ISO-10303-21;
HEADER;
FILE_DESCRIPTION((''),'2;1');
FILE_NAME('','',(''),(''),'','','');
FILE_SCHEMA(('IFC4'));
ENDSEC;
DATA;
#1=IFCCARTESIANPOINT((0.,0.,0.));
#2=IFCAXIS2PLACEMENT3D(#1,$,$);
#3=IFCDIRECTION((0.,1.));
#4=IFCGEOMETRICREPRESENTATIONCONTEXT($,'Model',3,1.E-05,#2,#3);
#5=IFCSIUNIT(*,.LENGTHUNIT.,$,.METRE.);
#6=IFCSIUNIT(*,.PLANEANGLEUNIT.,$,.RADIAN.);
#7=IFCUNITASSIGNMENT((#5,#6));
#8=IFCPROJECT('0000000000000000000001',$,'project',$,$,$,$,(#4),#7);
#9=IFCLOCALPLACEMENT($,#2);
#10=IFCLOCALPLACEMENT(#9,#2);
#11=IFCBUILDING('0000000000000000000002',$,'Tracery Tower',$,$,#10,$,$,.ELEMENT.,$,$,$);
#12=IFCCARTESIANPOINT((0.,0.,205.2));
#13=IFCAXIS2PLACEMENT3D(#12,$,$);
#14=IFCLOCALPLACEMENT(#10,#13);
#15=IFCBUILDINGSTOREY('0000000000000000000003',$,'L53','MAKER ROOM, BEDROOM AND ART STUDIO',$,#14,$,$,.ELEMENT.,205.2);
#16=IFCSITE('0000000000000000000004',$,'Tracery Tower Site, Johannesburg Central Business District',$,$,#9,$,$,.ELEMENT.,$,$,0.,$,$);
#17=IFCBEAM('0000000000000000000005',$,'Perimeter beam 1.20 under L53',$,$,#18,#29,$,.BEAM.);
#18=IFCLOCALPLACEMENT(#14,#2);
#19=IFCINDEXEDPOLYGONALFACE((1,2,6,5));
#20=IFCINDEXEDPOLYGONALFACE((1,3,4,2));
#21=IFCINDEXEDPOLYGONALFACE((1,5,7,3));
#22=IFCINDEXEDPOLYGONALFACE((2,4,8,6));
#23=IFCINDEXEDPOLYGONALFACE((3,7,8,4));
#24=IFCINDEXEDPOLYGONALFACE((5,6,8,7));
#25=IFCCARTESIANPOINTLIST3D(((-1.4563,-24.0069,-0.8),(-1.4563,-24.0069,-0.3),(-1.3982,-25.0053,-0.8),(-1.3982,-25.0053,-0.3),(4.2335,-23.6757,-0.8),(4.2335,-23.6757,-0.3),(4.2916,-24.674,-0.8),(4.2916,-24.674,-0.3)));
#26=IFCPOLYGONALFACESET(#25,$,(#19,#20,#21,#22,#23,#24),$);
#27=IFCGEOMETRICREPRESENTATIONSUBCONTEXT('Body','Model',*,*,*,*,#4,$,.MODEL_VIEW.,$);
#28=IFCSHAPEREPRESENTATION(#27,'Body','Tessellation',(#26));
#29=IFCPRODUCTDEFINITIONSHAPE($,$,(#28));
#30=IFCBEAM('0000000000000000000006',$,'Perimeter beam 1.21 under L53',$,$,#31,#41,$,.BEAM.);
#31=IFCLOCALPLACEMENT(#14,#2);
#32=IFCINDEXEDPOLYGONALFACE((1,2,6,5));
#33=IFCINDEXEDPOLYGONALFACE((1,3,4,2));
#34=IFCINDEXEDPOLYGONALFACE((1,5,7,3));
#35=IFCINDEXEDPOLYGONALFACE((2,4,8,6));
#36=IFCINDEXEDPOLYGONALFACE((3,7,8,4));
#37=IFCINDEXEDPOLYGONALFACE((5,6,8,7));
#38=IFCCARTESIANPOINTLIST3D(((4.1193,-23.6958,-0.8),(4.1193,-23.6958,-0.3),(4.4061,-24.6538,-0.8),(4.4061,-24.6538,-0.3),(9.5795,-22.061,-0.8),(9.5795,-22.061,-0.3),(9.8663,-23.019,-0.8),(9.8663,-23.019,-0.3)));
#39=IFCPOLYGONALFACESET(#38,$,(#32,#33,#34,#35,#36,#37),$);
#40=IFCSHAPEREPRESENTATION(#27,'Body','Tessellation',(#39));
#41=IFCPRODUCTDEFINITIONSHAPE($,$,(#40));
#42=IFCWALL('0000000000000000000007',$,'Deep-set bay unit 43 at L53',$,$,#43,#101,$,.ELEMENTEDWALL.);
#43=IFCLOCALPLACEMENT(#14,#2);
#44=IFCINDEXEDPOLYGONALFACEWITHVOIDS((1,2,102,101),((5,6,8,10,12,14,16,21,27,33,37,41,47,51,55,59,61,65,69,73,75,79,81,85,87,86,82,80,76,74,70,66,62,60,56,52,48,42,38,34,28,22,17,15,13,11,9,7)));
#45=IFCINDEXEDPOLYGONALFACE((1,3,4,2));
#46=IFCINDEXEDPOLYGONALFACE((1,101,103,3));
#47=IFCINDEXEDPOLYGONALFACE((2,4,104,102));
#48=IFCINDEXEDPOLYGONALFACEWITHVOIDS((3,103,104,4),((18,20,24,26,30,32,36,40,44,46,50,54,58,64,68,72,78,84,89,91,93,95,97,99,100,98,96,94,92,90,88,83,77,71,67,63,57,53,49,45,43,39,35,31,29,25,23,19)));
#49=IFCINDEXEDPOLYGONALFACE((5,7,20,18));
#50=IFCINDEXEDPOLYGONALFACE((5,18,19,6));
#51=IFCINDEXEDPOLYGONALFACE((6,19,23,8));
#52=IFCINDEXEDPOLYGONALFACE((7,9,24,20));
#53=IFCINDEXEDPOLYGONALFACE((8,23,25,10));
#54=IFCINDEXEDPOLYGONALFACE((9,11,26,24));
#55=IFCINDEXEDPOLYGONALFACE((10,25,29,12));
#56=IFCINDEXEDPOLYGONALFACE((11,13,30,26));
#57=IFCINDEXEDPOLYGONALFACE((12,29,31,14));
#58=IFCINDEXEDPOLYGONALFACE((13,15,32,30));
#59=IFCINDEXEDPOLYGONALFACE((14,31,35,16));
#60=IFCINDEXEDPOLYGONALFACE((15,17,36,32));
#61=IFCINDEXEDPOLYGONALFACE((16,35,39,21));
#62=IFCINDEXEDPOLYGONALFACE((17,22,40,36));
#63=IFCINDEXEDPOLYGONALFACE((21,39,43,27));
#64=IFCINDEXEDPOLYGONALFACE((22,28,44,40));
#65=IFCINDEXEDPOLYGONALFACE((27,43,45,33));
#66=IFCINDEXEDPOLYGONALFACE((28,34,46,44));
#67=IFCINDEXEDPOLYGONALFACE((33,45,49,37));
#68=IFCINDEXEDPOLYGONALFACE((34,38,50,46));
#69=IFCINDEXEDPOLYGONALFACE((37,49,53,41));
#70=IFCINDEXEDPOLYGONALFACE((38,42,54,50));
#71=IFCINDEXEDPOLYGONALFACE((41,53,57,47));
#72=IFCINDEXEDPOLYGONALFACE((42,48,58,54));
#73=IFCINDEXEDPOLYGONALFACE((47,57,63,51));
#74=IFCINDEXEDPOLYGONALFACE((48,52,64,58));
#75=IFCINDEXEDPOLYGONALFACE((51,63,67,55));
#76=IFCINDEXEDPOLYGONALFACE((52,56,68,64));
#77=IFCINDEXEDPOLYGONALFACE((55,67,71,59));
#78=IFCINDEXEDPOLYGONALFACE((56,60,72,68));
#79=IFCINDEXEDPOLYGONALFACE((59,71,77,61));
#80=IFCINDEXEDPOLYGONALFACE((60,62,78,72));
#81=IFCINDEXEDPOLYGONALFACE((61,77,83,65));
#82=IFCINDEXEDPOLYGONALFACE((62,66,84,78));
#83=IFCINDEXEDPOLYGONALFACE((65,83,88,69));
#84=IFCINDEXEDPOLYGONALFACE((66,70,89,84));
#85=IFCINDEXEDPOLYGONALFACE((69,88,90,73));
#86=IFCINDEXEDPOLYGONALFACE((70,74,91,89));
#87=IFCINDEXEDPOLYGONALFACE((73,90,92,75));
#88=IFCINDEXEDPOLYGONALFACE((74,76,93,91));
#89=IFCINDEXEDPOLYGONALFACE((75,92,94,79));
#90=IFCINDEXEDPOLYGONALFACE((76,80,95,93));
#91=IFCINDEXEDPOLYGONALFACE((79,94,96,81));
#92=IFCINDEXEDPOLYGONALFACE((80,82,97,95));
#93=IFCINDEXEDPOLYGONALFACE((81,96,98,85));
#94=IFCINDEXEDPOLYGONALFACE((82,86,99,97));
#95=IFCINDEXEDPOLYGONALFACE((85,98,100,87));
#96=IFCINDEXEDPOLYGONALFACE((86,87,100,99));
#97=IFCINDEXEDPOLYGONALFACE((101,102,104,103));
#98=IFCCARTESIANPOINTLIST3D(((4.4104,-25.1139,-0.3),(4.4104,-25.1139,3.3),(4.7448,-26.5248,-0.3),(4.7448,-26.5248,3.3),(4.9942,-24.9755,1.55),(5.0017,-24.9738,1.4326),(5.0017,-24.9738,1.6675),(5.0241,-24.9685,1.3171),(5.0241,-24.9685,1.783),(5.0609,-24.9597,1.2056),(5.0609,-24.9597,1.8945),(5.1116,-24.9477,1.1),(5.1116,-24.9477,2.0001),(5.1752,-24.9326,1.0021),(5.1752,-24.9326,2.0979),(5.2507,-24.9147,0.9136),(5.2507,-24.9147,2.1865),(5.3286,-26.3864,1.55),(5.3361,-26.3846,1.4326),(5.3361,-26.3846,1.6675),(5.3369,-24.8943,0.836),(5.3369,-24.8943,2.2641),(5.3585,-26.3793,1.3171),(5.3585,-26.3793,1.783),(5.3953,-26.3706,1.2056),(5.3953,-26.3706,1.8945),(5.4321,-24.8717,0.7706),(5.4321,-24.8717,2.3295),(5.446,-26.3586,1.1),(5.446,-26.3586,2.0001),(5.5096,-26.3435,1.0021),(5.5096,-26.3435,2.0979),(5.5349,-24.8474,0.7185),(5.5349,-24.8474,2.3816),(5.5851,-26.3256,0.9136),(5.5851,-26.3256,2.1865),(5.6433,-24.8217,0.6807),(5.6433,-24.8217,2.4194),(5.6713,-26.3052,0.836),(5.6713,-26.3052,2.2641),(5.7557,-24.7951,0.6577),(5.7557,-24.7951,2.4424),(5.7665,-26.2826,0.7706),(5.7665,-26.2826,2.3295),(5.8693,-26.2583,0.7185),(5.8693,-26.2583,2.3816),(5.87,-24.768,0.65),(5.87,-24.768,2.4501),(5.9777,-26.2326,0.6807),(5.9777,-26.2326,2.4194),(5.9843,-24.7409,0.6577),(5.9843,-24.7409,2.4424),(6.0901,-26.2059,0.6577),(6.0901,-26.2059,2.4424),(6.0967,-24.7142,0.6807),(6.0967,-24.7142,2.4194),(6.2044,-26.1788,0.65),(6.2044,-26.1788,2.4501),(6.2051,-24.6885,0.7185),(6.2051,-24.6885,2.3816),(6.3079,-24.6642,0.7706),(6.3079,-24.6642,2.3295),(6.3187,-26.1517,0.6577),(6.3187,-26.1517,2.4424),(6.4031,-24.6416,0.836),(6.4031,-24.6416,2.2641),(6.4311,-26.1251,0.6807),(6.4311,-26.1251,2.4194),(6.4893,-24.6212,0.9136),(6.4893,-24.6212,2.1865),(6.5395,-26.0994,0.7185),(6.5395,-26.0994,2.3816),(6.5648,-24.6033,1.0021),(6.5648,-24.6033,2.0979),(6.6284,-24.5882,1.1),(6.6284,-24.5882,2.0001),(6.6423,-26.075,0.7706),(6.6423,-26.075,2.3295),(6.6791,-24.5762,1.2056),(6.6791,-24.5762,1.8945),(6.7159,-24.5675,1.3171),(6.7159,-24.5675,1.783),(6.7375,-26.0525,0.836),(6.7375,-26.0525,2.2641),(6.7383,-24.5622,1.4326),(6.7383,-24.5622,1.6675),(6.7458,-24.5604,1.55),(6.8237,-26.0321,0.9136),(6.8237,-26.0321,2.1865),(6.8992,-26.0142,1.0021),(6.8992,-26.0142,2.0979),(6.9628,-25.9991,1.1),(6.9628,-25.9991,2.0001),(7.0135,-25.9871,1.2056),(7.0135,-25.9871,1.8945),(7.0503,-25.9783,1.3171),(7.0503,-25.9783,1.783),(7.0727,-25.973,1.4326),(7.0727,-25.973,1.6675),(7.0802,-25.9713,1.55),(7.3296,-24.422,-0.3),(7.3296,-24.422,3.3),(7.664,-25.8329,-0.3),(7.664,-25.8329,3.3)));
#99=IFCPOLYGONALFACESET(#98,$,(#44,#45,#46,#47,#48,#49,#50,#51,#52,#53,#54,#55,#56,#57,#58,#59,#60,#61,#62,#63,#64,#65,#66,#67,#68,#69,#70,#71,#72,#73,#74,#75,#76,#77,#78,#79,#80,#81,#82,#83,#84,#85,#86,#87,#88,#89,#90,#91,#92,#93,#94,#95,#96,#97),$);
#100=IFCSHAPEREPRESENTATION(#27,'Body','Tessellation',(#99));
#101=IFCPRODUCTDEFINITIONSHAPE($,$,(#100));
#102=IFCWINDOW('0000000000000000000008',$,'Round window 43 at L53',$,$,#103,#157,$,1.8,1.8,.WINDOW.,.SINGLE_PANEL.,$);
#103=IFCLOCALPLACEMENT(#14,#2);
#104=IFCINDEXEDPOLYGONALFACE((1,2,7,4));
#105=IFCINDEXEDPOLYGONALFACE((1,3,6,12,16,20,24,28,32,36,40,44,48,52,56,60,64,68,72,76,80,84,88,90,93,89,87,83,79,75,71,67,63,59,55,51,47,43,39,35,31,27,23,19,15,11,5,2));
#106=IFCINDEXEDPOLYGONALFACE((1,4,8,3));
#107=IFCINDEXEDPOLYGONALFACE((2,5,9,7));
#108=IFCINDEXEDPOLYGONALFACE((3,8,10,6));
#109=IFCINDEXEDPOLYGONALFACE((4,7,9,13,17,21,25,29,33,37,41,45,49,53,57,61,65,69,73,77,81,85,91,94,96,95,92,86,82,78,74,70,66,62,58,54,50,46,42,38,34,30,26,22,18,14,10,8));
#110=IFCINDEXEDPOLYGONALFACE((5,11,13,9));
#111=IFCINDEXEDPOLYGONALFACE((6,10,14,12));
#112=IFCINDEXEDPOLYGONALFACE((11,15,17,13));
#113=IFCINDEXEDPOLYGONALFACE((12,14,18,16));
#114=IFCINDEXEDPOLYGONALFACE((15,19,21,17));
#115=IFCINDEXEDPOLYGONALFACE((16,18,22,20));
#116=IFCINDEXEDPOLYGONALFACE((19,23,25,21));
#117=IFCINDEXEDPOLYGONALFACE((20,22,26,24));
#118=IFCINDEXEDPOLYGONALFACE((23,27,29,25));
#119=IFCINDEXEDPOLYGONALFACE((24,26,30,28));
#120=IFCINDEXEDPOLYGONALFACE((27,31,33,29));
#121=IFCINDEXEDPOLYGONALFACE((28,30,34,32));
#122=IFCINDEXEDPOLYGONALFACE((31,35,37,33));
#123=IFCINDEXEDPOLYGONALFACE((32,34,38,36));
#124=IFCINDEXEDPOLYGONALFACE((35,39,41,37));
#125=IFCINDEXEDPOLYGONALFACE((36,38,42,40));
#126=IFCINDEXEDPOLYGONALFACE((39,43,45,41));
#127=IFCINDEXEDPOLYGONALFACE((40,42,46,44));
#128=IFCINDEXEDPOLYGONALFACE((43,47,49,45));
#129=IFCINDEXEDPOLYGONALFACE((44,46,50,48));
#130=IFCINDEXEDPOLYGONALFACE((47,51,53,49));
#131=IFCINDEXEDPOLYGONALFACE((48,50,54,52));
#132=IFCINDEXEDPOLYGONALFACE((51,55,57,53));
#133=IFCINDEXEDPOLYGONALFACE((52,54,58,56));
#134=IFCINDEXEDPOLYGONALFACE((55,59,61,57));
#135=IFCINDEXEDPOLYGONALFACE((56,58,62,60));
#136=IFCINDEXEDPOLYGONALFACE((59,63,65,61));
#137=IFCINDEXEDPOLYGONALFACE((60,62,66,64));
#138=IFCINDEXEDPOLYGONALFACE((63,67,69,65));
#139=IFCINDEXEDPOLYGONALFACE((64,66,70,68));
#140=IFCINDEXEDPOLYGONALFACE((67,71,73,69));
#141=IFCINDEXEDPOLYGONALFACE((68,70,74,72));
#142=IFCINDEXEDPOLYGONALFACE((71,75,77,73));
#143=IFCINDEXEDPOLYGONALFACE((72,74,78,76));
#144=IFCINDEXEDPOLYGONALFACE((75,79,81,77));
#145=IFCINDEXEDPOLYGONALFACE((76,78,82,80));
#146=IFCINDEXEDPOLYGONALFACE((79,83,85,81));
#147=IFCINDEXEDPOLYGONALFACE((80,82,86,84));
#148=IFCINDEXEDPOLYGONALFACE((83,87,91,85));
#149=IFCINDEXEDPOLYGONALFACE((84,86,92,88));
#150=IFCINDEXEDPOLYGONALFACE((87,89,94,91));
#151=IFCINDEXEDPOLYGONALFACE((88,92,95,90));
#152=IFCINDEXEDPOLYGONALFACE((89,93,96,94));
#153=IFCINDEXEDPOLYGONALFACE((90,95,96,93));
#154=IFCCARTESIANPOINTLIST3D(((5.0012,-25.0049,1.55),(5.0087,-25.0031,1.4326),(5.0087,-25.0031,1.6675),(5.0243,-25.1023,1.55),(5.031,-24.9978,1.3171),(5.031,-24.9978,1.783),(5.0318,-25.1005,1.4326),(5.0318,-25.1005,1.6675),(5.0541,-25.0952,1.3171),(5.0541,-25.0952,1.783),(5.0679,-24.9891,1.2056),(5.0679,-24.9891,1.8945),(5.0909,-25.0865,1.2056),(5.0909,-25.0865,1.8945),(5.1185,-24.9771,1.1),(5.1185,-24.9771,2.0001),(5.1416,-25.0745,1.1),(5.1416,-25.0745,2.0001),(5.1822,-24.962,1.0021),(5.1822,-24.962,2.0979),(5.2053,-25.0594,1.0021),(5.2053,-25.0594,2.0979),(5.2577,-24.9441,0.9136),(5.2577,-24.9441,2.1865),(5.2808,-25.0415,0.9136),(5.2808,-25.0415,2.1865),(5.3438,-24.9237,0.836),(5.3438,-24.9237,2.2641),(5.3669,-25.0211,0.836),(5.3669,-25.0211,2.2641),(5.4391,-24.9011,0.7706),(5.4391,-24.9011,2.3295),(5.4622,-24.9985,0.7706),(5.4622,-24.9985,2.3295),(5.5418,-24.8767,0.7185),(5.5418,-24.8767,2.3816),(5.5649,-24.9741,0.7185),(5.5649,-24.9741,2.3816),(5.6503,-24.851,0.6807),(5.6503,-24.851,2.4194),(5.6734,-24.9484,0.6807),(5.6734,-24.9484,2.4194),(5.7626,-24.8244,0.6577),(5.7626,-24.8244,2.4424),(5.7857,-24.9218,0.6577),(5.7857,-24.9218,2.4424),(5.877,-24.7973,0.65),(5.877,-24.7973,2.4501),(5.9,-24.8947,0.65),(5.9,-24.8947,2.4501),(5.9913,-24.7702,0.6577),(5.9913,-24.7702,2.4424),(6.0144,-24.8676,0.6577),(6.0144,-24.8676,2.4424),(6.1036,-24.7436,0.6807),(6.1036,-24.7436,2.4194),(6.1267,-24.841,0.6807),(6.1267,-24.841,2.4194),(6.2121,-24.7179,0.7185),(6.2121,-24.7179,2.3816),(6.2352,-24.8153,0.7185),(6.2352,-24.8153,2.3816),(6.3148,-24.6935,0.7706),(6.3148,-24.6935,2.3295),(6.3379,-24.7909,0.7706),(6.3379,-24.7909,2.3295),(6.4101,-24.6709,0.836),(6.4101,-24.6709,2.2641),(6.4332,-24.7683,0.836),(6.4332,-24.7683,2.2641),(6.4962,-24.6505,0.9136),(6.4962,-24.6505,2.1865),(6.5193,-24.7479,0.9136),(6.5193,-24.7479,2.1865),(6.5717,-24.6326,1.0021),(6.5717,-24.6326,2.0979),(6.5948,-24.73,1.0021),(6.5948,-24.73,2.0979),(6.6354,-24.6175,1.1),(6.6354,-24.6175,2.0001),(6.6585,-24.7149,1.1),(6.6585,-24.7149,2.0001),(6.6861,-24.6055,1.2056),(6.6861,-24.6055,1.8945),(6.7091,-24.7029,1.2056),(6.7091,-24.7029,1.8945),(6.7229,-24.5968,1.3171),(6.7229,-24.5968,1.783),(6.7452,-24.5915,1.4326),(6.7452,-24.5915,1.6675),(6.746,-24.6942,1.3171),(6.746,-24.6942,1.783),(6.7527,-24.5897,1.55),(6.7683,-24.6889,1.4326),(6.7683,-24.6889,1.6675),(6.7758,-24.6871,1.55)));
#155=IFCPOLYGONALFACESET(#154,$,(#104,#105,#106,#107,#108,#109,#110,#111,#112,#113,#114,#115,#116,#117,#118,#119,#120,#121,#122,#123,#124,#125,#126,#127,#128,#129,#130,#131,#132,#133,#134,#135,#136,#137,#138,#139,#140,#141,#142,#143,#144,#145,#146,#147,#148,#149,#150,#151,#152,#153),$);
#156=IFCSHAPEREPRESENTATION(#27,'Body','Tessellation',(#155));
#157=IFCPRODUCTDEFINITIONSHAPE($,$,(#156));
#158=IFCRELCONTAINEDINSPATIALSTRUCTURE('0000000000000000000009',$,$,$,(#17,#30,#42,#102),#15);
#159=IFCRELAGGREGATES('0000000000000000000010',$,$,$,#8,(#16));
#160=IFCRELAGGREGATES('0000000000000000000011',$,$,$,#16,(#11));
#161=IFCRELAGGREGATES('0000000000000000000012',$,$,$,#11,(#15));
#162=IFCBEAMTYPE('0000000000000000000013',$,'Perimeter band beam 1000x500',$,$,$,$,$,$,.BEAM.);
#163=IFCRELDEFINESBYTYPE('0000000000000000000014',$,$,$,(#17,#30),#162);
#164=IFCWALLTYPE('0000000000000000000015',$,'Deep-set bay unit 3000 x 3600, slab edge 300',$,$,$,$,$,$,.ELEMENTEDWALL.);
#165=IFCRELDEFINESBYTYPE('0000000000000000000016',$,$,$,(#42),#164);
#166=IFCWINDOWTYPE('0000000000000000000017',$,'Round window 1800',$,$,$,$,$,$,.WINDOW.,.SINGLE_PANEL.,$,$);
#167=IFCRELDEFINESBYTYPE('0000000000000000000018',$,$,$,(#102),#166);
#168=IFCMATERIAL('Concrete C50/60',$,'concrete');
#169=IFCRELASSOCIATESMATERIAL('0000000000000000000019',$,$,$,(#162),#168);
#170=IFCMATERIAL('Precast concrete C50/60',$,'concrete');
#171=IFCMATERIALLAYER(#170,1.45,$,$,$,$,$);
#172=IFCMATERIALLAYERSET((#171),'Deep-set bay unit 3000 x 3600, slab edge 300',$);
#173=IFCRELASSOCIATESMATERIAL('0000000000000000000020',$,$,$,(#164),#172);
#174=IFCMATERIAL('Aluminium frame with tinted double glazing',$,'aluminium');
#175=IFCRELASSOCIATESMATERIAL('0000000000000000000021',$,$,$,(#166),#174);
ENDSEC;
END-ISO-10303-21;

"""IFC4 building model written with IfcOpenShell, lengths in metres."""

from ifc_helpers import new_model, si_unit, direction, frame, frame_2d, origin, origin_2d, place, context, subcontext, project, spatial, rectangle, circle, extrude, material, layer, layer_set, material_profile, profile_set, type_object, element, fill, save


model = new_model("IFC4")

# Units and contexts
model_context = context("Model", 3, precision=1e-05, world=origin(), true_north=direction((0.0, 1.0)))
body_context = subcontext(model_context, "Body", "Model", "MODEL_VIEW")
ifc_project = project(units=[si_unit("LENGTHUNIT", "METRE"), si_unit("PLANEANGLEUNIT", "RADIAN")], contexts=[model_context])

# Site, building, storey
site_placement = place(None, origin())
site = spatial("IfcSite", under=ifc_project, at=site_placement, Name="Tracery Tower Site, Johannesburg Central Business District", CompositionType="ELEMENT", RefElevation=0.0)
building_placement = place(site_placement, origin())
building = spatial("IfcBuilding", under=site, at=building_placement, Name="Tracery Tower", CompositionType="ELEMENT")
storey_placement = place(building_placement, frame((0.0, 0.0, 205.2)))
storey = spatial("IfcBuildingStorey", under=building, at=storey_placement, Name="L53", Description="MAKER ROOM, BEDROOM AND ART STUDIO", CompositionType="ELEMENT", Elevation=205.2)

# Beams
ifc_material_1 = material(Name="Concrete C50/60", Category="concrete")
ifc_material_profile_1 = material_profile(ifc_material_1, rectangle(XDim=1.0, YDim=0.5, at=origin_2d()), Name="RC 1000x500")
ifc_profile_set_1 = profile_set([ifc_material_profile_1], Name="Concrete C50/60")
beam_type = type_object("IfcBeamType", Name="Perimeter band beam 1000x500", PredefinedType="BEAM", material=ifc_profile_set_1)
beam_1_placement = place(storey_placement, frame((-1.4272, -24.5061, -0.55), z_axis=(0.998309, 0.058127, 0.0), x_axis=(-0.058127, 0.998309, 0.0)))
element("IfcBeam", 1, at=beam_1_placement, inside=storey, type_object=beam_type, Name="Perimeter beam 1.20 under L53", PredefinedType="BEAM", context=body_context, shape_type="SweptSolid", body=[
    extrude(rectangle(XDim=1.0, YDim=0.5, at=origin_2d()), origin(), (0.0, 0.0, 1.0), 5.6995),
])
beam_2_placement = place(storey_placement, frame((4.2627, -24.1748, -0.55), z_axis=(0.957985, 0.286817, 0.0), x_axis=(-0.286817, 0.957985, 0.0)))
element("IfcBeam", 2, at=beam_2_placement, inside=storey, type_object=beam_type, Name="Perimeter beam 1.21 under L53", PredefinedType="BEAM", context=body_context, shape_type="SweptSolid", body=[
    extrude(rectangle(XDim=1.0, YDim=0.5, at=origin_2d()), origin(), (0.0, 0.0, 1.0), 5.6997),
])

# Wall, opening, window
ifc_material_2 = material(Name="Precast concrete C50/60", Category="concrete")
ifc_layer_1 = layer(ifc_material_2, 1.45)
ifc_layer_set_1 = layer_set([ifc_layer_1], Name="Deep-set bay unit 3000 x 3600, slab edge 300")
wall_type_1 = type_object("IfcWallType", Name="Deep-set bay unit 3000 x 3600, slab edge 300", PredefinedType="ELEMENTEDWALL", material=ifc_layer_set_1)
wall_1_placement = place(storey_placement, frame((4.5776, -25.8193, -0.3), z_axis=(0.0, 0.0, 1.0), x_axis=(0.973042, 0.230627, 0.0)))
wall_1 = element("IfcWall", 3, at=wall_1_placement, inside=storey, type_object=wall_type_1, Name="Deep-set bay unit 43 at L53", PredefinedType="ELEMENTEDWALL", context=body_context, shape_type="SweptSolid", body=[
    extrude(rectangle(XDim=3.0, YDim=1.45, at=frame_2d((1.5, 0.0))), origin(), (0.0, 0.0, 1.0), 3.6001),
])
opening_1_placement = place(wall_1_placement, frame((1.5, 0.0, 1.8501)))
opening_1 = element("IfcOpeningElement", 4, at=opening_1_placement, cuts=wall_1, PredefinedType="OPENING", context=body_context, shape_type="SweptSolid", body=[
    extrude(circle(Radius=0.9, at=origin_2d()), frame((0.0, 0.7349, 0.0), z_axis=(0.0, -1.0, 0.0), x_axis=(1.0, 0.0, 0.0)), (0.0, 0.0, 1.0), 1.47),
])
ifc_material_3 = material(Name="Aluminium frame with tinted double glazing", Category="aluminium")
window_type = type_object("IfcWindowType", Name="Round window 1800", PartitioningType="SINGLE_PANEL", PredefinedType="WINDOW", material=ifc_material_3)
window_1_placement = place(opening_1_placement, origin())
window_1 = element("IfcWindow", 5, at=window_1_placement, inside=storey, type_object=window_type, Name="Round window 43 at L53", OverallHeight=1.8, OverallWidth=1.8, PartitioningType="SINGLE_PANEL", PredefinedType="WINDOW", context=body_context, shape_type="SweptSolid", body=[
    extrude(circle(Radius=0.9, at=origin_2d()), frame((0.0, 0.6948, 0.0), z_axis=(0.0, -1.0, 0.0), x_axis=(1.0, 0.0, 0.0)), (0.0, 0.0, 1.0), 0.1001),
])
fill(opening_1, window_1)

save(model, "model.ifc")
